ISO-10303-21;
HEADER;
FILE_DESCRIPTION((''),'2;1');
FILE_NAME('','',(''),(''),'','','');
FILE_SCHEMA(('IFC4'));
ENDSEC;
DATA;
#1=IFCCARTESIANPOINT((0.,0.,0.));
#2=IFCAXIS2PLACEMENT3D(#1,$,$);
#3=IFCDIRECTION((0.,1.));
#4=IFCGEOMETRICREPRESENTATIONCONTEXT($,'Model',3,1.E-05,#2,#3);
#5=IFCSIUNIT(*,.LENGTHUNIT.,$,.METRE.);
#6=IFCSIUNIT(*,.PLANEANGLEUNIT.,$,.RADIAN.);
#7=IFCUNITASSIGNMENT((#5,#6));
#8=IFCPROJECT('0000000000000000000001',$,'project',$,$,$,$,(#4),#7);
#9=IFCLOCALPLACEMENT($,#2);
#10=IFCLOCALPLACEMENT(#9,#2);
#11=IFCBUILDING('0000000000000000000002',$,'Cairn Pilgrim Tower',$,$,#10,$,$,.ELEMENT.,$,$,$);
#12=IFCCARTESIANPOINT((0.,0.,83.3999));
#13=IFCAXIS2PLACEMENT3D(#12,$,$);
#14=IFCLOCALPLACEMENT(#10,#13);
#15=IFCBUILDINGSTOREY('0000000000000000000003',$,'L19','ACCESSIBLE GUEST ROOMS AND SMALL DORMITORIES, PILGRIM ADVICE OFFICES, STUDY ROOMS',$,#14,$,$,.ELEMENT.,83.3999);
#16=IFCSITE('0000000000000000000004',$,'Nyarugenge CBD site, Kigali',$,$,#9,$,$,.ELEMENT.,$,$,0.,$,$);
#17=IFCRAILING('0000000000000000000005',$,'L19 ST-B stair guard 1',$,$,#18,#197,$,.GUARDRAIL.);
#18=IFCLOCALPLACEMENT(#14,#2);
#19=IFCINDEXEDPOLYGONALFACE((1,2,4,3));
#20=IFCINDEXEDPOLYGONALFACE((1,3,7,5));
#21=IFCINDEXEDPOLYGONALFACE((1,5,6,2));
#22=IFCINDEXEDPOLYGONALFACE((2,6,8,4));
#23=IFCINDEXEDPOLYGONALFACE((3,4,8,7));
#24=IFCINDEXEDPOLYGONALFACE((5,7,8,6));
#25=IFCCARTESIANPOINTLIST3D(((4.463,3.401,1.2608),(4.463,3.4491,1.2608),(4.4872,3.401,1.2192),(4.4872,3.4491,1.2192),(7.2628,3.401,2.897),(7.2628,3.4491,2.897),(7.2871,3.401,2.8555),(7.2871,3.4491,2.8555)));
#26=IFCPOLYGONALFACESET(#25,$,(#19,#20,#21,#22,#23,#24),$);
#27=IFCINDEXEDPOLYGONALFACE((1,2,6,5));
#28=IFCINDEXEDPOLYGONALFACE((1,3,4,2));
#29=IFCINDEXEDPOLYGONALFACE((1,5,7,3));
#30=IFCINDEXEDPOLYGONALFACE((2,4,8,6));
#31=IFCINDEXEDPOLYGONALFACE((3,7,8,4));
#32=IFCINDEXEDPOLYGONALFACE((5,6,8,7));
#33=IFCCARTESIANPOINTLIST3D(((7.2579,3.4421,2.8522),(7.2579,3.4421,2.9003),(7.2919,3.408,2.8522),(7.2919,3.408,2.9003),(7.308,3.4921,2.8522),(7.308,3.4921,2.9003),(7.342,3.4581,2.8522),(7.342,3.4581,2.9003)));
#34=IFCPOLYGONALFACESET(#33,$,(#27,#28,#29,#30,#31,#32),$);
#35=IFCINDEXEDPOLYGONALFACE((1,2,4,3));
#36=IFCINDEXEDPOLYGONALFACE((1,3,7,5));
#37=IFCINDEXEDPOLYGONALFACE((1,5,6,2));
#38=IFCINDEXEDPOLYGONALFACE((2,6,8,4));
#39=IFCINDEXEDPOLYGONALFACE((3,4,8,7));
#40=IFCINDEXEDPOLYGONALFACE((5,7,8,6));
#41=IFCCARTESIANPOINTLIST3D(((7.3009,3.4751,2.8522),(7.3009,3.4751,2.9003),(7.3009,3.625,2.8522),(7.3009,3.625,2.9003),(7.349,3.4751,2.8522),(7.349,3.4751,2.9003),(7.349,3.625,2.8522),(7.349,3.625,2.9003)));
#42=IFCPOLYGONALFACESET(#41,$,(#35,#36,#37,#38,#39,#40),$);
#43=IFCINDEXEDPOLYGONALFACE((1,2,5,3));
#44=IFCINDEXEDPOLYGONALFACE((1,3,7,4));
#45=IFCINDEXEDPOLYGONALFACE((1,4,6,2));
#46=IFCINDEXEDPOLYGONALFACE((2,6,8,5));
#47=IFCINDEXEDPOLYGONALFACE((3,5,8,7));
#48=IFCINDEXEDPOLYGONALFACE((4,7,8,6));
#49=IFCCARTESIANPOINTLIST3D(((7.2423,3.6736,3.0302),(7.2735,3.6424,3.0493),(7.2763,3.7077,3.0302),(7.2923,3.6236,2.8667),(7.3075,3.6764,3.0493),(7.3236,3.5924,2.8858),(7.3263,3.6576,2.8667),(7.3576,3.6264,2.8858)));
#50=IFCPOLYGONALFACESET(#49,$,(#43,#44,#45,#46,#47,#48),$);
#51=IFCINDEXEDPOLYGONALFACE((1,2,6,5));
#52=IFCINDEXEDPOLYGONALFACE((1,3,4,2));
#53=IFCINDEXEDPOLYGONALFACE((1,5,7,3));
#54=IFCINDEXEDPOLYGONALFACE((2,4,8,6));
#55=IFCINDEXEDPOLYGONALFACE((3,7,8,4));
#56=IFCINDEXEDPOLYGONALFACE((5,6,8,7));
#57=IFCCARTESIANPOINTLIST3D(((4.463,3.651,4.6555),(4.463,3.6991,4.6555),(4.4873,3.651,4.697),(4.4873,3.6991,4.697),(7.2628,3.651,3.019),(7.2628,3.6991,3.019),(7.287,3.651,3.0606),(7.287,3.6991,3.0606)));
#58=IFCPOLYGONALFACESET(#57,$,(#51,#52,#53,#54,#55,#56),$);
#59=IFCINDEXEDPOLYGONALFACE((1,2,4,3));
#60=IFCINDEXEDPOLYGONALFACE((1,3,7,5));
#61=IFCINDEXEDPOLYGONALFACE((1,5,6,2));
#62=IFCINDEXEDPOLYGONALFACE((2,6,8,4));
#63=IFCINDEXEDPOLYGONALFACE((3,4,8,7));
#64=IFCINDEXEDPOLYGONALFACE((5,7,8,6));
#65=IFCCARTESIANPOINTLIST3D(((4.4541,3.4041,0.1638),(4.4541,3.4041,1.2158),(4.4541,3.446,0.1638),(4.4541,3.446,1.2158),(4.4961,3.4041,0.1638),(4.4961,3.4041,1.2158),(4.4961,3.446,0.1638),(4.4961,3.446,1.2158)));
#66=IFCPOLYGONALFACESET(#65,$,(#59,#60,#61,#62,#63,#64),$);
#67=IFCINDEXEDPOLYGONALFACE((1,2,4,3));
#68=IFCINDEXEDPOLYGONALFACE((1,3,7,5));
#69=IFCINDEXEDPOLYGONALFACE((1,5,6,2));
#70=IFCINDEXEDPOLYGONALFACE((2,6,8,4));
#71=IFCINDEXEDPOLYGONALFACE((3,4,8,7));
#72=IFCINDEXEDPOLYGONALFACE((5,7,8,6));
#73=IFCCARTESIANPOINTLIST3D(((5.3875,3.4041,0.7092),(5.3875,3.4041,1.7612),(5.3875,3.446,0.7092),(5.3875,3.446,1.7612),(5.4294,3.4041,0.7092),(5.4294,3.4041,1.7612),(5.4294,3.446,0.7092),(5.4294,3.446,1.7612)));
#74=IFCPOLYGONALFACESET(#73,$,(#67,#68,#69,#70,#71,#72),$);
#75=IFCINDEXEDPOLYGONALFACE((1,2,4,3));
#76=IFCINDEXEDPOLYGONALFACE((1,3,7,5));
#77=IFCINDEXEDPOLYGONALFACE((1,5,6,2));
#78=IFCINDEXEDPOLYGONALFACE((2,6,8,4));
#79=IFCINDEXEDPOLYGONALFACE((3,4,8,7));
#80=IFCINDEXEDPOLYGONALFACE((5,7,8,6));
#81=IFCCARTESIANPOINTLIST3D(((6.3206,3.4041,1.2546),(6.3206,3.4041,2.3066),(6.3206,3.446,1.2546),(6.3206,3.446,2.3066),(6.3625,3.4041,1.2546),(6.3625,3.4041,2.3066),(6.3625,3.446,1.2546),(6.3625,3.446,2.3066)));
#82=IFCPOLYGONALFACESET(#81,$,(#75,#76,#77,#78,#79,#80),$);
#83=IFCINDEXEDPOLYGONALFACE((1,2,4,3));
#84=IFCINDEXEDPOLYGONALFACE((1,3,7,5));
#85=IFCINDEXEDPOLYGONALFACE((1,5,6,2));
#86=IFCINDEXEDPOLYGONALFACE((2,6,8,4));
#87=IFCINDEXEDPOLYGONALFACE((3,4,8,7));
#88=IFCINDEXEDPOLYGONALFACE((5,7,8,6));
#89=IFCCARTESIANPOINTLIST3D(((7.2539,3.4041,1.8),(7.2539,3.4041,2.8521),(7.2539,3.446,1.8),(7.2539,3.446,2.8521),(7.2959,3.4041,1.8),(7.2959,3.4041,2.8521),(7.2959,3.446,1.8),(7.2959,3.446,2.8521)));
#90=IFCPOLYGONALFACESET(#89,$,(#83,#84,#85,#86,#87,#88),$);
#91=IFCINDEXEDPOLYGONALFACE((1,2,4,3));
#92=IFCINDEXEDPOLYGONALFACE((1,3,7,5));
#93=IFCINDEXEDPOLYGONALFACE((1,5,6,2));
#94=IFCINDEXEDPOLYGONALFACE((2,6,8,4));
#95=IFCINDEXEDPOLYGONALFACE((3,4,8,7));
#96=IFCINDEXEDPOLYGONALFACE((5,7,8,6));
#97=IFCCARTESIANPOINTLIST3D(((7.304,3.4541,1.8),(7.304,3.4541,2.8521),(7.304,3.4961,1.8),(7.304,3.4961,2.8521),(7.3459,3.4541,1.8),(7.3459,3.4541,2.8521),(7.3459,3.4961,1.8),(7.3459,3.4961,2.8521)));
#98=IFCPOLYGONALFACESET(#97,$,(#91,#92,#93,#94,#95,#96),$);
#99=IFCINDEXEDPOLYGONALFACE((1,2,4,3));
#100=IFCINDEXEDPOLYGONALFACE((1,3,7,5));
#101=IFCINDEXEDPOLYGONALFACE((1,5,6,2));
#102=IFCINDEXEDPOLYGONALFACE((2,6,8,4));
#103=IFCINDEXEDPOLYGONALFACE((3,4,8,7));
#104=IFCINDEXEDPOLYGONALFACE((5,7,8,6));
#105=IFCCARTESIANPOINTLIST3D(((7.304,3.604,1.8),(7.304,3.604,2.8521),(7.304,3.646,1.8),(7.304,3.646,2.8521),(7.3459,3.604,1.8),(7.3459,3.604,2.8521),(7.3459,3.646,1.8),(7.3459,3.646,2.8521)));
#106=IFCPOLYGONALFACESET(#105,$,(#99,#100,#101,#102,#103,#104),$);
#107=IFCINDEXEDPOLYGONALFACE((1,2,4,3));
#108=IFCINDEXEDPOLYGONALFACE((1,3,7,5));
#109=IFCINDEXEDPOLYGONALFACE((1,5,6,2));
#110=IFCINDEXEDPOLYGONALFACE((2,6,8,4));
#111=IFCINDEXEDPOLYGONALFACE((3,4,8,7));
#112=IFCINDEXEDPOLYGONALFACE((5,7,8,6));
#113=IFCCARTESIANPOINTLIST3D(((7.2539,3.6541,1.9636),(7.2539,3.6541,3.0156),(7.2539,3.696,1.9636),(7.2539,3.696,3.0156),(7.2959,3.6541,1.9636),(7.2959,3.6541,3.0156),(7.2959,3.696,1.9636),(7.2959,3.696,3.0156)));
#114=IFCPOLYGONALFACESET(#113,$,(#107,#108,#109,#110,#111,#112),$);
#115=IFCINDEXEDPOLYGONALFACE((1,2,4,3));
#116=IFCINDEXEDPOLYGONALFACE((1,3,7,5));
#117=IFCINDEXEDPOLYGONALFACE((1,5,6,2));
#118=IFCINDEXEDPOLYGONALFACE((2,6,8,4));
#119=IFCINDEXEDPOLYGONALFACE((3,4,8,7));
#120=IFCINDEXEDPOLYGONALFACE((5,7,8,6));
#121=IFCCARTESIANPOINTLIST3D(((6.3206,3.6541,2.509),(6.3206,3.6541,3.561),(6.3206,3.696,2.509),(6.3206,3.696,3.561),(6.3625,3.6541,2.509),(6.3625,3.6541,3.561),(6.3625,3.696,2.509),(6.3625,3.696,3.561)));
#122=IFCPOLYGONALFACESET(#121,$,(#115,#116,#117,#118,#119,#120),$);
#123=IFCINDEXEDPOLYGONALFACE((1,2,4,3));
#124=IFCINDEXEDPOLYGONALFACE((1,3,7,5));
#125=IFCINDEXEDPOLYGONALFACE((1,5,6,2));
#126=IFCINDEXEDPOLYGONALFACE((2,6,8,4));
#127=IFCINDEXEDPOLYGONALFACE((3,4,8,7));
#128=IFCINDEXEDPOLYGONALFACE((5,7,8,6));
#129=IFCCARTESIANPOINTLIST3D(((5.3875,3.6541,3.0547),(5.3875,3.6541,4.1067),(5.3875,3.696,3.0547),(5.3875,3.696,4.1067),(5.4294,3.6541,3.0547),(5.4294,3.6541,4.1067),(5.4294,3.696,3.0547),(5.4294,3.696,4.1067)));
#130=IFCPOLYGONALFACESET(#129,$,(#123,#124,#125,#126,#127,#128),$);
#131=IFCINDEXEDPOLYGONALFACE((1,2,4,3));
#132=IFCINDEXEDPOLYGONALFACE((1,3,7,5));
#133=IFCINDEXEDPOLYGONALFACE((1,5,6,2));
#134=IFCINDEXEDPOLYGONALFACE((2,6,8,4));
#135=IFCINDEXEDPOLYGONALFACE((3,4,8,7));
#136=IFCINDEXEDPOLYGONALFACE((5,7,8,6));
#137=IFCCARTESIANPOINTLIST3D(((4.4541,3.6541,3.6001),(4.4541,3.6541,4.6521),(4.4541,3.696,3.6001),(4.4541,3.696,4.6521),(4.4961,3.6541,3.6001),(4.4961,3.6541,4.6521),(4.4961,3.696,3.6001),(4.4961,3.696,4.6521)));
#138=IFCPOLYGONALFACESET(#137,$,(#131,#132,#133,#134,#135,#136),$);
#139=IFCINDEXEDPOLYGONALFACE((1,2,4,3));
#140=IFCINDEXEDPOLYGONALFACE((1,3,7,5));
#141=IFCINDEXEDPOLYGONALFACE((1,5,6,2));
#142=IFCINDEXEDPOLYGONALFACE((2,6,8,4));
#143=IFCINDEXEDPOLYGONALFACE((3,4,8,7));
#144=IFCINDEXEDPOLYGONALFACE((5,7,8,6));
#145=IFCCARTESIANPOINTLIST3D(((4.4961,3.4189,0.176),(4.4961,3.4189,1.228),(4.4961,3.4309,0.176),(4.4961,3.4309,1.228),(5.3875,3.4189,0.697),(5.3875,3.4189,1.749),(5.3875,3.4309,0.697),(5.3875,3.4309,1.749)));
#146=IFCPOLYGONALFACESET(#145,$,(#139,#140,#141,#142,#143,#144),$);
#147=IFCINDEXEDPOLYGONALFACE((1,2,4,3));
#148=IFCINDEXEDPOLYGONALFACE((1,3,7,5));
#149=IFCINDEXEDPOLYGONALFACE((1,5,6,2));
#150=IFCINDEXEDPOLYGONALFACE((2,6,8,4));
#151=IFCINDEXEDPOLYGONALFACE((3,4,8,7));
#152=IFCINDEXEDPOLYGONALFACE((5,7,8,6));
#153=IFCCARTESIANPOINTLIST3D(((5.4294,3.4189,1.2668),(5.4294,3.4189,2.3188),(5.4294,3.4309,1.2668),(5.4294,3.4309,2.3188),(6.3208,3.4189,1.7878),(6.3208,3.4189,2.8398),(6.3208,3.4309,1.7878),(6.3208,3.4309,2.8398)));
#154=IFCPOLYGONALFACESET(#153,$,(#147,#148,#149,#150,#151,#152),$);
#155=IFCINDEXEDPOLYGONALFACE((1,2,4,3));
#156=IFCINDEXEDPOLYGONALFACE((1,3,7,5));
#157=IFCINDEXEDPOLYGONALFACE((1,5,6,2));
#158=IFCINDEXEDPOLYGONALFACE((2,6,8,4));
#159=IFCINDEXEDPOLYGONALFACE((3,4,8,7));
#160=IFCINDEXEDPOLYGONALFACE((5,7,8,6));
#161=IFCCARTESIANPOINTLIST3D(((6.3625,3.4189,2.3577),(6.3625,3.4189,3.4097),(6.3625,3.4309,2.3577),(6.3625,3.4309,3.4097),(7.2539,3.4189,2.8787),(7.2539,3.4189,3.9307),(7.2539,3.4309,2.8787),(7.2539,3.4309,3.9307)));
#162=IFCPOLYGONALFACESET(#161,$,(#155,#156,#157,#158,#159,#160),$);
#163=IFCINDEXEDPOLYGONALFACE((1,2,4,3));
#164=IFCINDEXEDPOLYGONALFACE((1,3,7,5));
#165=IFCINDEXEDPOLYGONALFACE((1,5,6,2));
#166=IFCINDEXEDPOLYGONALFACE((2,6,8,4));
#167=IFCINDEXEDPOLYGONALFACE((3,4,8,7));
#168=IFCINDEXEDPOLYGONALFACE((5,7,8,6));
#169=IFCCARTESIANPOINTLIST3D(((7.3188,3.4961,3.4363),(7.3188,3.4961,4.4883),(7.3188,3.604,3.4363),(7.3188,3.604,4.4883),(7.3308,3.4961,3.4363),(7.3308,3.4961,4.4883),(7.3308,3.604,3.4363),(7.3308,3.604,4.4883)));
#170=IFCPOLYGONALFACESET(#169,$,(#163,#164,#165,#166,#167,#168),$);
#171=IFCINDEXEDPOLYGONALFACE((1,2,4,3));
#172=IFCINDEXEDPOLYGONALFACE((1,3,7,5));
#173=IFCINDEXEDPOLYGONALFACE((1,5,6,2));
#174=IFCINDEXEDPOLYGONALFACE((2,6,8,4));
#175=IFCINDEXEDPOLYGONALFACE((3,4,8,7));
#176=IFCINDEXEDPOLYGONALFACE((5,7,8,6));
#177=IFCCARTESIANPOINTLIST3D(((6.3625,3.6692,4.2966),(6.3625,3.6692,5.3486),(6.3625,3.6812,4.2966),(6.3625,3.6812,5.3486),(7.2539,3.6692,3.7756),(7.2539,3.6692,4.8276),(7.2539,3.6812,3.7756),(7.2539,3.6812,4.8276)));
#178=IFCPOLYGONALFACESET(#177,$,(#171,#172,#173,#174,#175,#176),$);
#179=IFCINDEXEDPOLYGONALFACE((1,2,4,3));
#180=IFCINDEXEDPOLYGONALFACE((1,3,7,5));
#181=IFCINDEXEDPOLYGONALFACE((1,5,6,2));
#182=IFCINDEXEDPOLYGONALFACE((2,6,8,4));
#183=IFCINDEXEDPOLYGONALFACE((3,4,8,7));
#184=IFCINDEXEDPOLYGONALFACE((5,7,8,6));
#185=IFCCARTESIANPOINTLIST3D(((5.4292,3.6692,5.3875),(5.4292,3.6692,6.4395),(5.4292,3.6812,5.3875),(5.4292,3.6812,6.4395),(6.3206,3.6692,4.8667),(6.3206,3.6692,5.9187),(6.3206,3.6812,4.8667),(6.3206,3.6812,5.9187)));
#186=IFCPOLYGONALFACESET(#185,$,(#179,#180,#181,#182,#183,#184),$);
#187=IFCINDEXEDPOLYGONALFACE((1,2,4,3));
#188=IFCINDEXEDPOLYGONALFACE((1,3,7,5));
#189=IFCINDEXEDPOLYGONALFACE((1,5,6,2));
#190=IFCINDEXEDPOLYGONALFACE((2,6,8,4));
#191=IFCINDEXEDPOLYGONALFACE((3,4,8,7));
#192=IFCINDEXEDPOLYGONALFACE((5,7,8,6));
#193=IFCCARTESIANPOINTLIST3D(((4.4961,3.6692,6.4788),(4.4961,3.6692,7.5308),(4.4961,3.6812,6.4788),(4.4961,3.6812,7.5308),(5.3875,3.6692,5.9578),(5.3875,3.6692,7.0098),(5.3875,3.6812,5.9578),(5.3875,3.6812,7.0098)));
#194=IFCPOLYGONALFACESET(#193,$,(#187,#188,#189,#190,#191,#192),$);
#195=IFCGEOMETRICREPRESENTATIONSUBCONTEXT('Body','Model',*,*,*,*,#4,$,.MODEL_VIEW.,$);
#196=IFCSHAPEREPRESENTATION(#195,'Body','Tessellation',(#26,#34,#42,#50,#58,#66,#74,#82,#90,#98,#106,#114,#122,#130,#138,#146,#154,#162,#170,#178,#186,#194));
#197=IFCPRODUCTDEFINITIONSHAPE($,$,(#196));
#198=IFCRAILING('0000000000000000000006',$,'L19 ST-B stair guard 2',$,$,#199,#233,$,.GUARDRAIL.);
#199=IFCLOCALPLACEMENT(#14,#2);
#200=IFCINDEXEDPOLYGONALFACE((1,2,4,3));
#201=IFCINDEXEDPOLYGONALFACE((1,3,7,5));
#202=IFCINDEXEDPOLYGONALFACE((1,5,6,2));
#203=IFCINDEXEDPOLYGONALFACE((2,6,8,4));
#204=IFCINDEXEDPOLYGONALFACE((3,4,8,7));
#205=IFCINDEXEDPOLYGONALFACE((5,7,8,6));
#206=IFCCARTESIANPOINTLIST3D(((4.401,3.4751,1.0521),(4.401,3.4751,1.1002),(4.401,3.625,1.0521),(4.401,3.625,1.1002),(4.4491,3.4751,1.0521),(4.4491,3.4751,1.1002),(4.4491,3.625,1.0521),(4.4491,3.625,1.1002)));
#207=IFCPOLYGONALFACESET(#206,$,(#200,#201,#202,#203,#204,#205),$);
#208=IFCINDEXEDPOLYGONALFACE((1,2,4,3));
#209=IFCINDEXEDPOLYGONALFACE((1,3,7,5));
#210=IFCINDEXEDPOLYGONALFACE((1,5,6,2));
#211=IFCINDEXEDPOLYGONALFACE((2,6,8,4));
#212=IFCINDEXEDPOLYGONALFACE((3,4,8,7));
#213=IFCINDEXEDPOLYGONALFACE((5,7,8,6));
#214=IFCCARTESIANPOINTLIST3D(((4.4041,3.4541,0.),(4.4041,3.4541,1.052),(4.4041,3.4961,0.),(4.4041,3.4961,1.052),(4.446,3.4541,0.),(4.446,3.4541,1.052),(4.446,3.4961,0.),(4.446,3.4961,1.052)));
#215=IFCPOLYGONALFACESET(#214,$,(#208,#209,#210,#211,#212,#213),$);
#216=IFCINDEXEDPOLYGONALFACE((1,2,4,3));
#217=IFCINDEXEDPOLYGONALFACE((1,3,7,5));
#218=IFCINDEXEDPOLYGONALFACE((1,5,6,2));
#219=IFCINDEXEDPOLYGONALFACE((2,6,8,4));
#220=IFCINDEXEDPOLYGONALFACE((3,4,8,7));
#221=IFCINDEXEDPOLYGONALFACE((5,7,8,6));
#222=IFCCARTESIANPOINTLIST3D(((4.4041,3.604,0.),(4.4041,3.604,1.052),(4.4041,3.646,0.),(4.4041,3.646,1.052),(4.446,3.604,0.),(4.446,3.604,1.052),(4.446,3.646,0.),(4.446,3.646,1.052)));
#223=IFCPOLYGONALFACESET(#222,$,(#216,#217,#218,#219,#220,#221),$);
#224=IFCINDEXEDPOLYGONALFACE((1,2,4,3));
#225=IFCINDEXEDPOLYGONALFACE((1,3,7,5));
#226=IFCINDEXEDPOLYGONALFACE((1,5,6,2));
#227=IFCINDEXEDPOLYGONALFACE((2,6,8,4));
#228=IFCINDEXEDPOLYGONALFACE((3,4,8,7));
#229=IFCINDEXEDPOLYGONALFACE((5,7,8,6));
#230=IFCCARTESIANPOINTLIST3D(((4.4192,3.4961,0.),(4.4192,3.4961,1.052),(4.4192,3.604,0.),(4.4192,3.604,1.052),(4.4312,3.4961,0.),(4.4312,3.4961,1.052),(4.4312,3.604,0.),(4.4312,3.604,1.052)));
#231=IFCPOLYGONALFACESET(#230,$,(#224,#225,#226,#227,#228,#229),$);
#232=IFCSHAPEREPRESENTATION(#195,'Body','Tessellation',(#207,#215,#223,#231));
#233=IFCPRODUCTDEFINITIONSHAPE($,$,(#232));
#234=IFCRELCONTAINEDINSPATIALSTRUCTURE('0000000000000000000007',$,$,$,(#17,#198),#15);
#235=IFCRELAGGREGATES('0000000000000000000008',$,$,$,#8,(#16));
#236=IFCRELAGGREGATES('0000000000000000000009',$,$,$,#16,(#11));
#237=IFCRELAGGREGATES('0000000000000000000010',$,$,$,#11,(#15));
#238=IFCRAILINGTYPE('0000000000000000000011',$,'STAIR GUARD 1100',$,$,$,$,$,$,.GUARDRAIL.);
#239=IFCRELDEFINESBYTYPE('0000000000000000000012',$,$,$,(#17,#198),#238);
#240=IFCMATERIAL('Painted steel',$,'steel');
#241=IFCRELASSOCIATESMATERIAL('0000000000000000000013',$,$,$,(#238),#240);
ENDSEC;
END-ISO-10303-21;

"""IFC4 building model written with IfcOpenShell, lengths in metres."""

from ifc_helpers import new_model, si_unit, direction, frame, origin, origin_2d, place, context, subcontext, project, spatial, polyline, rectangle, outline, extrude, material, type_object, element, save


model = new_model("IFC4")

# Units and contexts
model_context = context("Model", 3, precision=1e-05, world=origin(), true_north=direction((0.0, 1.0)))
body_context = subcontext(model_context, "Body", "Model", "MODEL_VIEW")
ifc_project = project(units=[si_unit("LENGTHUNIT", "METRE"), si_unit("PLANEANGLEUNIT", "RADIAN")], contexts=[model_context])

# Site, building, storey
site_placement = place(None, origin())
site = spatial("IfcSite", under=ifc_project, at=site_placement, Name="Nyarugenge CBD site, Kigali", CompositionType="ELEMENT", RefElevation=0.0)
building_placement = place(site_placement, origin())
building = spatial("IfcBuilding", under=site, at=building_placement, Name="Cairn Pilgrim Tower", CompositionType="ELEMENT")
storey_placement = place(building_placement, frame((0.0, 0.0, 83.3999)))
storey = spatial("IfcBuildingStorey", under=building, at=storey_placement, Name="L19", Description="ACCESSIBLE GUEST ROOMS AND SMALL DORMITORIES, PILGRIM ADVICE OFFICES, STUDY ROOMS", CompositionType="ELEMENT", Elevation=83.3999)

# Shared definitions
ifc_material_1 = material(Name="Painted steel", Category="steel")

# Railings
railing_type_1 = type_object("IfcRailingType", Name="STAIR GUARD 1100", PredefinedType="GUARDRAIL", material=ifc_material_1)
railing_1_placement = place(storey_placement, frame((4.4751, 3.425, 0.1638)))
element("IfcRailing", 1, at=railing_1_placement, inside=storey, type_object=railing_type_1, Name="L19 ST-B stair guard 1", PredefinedType="GUARDRAIL", context=body_context, shape_type="SweptSolid", body=[
    extrude(rectangle(XDim=0.0481, YDim=0.0481, at=origin_2d()), frame((0.0, 0.0, 1.0762), z_axis=(0.863374, 0.0, 0.504564), x_axis=(0.0, 1.0, 0.0)), (0.0, 0.0, 1.0), 3.2429),
    extrude(rectangle(XDim=0.0481, YDim=0.0481, at=origin_2d()), frame((2.7998, 0.0, 2.7124), z_axis=(0.707107, 0.707107, 0.0), x_axis=(-0.707107, 0.707107, 0.0)), (0.0, 0.0, 1.0), 0.0708),
    extrude(rectangle(XDim=0.0481, YDim=0.0481, at=origin_2d()), frame((2.8499, 0.05, 2.7124), z_axis=(0.0, 1.0, 0.0), x_axis=(-1.0, 0.0, 0.0)), (0.0, 0.0, 1.0), 0.1499),
    extrude(rectangle(XDim=0.0481, YDim=0.0481, at=origin_2d()), frame((2.8499, 0.2, 2.7124), z_axis=(-0.280809, 0.280809, 0.917765), x_axis=(-0.707107, -0.707107, 0.0)), (0.0, 0.0, 1.0), 0.1782),
    extrude(rectangle(XDim=0.0481, YDim=0.0481, at=origin_2d()), frame((2.7998, 0.25, 2.876), z_axis=(-0.863342, 0.0, 0.50462), x_axis=(0.0, -1.0, 0.0)), (0.0, 0.0, 1.0), 3.2429),
    extrude(rectangle(XDim=0.042, YDim=0.042, at=origin_2d()), origin(), (0.0, 0.0, 1.0), 1.052),
    extrude(rectangle(XDim=0.042, YDim=0.042, at=origin_2d()), frame((0.9333, 0.0, 0.5454)), (0.0, 0.0, 1.0), 1.052),
    extrude(rectangle(XDim=0.042, YDim=0.042, at=origin_2d()), frame((1.8665, 0.0, 1.0908)), (0.0, 0.0, 1.0), 1.052),
    extrude(rectangle(XDim=0.042, YDim=0.042, at=origin_2d()), frame((2.7998, 0.0, 1.6362)), (0.0, 0.0, 1.0), 1.052),
    extrude(rectangle(XDim=0.042, YDim=0.042, at=origin_2d()), frame((2.8499, 0.05, 1.6362)), (0.0, 0.0, 1.0), 1.052),
    extrude(rectangle(XDim=0.042, YDim=0.042, at=origin_2d()), frame((2.8499, 0.2, 1.6362)), (0.0, 0.0, 1.0), 1.052),
    extrude(rectangle(XDim=0.042, YDim=0.042, at=origin_2d()), frame((2.7998, 0.25, 1.7998)), (0.0, 0.0, 1.0), 1.052),
    extrude(rectangle(XDim=0.042, YDim=0.042, at=origin_2d()), frame((1.8665, 0.25, 2.3452)), (0.0, 0.0, 1.0), 1.052),
    extrude(rectangle(XDim=0.042, YDim=0.042, at=origin_2d()), frame((0.9333, 0.25, 2.8909)), (0.0, 0.0, 1.0), 1.052),
    extrude(rectangle(XDim=0.042, YDim=0.042, at=origin_2d()), frame((0.0, 0.25, 3.4363)), (0.0, 0.0, 1.0), 1.052),
    extrude(outline(polyline([(0.021, 0.0122), (0.9124, 0.5332), (0.9124, 1.5852), (0.021, 1.0642), (0.021, 0.0122)])), frame((0.0, 0.0059, 0.0), z_axis=(0.0, -1.0, 0.0), x_axis=(1.0, 0.0, 0.0)), (0.0, 0.0, 1.0), 0.012),
    extrude(outline(polyline([(0.021, 0.5576), (0.9124, 1.0786), (0.9124, 2.1306), (0.021, 1.6096), (0.021, 0.5576)])), frame((0.9333, 0.0059, 0.5454), z_axis=(0.0, -1.0, 0.0), x_axis=(1.0, 0.0, 0.0)), (0.0, 0.0, 1.0), 0.012),
    extrude(outline(polyline([(0.021, 1.103), (0.9124, 1.624), (0.9124, 2.676), (0.021, 2.155), (0.021, 1.103)])), frame((1.8665, 0.0059, 1.0908), z_axis=(0.0, -1.0, 0.0), x_axis=(1.0, 0.0, 0.0)), (0.0, 0.0, 1.0), 0.012),
    extrude(outline(polyline([(0.021, 1.6362), (0.1289, 1.6362), (0.1289, 2.6882), (0.021, 2.6882), (0.021, 1.6362)])), frame((2.8438, 0.05, 1.6362), z_axis=(1.0, 0.0, 0.0), x_axis=(0.0, 1.0, 0.0)), (0.0, 0.0, 1.0), 0.012),
    extrude(outline(polyline([(0.021, 1.812), (0.9124, 2.333), (0.9124, 3.385), (0.021, 2.864), (0.021, 1.812)])), frame((2.7998, 0.2441, 1.7998), z_axis=(0.0, 1.0, 0.0), x_axis=(-1.0, 0.0, 0.0)), (0.0, 0.0, 1.0), 0.012),
    extrude(outline(polyline([(0.021, 2.3577), (0.9124, 2.8784), (0.9124, 3.9304), (0.021, 3.4097), (0.021, 2.3577)])), frame((1.8665, 0.2441, 2.3452), z_axis=(0.0, 1.0, 0.0), x_axis=(-1.0, 0.0, 0.0)), (0.0, 0.0, 1.0), 0.012),
    extrude(outline(polyline([(0.021, 2.9031), (0.9124, 3.4241), (0.9124, 4.4761), (0.021, 3.9551), (0.021, 2.9031)])), frame((0.9333, 0.2441, 2.8909), z_axis=(0.0, 1.0, 0.0), x_axis=(-1.0, 0.0, 0.0)), (0.0, 0.0, 1.0), 0.012),
])
railing_2_placement = place(storey_placement, frame((4.425, 3.4751, 0.0)))
element("IfcRailing", 2, at=railing_2_placement, inside=storey, type_object=railing_type_1, Name="L19 ST-B stair guard 2", PredefinedType="GUARDRAIL", context=body_context, shape_type="SweptSolid", body=[
    extrude(rectangle(XDim=0.0481, YDim=0.0481, at=origin_2d()), frame((0.0, 0.0, 1.0762), z_axis=(0.0, 1.0, 0.0), x_axis=(-1.0, 0.0, 0.0)), (0.0, 0.0, 1.0), 0.1499),
    extrude(rectangle(XDim=0.042, YDim=0.042, at=origin_2d()), origin(), (0.0, 0.0, 1.0), 1.052),
    extrude(rectangle(XDim=0.042, YDim=0.042, at=origin_2d()), frame((0.0, 0.1499, 0.0)), (0.0, 0.0, 1.0), 1.052),
    extrude(outline(polyline([(0.021, 0.0), (0.1289, 0.0), (0.1289, 1.052), (0.021, 1.052), (0.021, 0.0)])), frame((-0.0059, 0.0, 0.0), z_axis=(1.0, 0.0, 0.0), x_axis=(0.0, 1.0, 0.0)), (0.0, 0.0, 1.0), 0.012),
])

save(model, "model.ifc")
